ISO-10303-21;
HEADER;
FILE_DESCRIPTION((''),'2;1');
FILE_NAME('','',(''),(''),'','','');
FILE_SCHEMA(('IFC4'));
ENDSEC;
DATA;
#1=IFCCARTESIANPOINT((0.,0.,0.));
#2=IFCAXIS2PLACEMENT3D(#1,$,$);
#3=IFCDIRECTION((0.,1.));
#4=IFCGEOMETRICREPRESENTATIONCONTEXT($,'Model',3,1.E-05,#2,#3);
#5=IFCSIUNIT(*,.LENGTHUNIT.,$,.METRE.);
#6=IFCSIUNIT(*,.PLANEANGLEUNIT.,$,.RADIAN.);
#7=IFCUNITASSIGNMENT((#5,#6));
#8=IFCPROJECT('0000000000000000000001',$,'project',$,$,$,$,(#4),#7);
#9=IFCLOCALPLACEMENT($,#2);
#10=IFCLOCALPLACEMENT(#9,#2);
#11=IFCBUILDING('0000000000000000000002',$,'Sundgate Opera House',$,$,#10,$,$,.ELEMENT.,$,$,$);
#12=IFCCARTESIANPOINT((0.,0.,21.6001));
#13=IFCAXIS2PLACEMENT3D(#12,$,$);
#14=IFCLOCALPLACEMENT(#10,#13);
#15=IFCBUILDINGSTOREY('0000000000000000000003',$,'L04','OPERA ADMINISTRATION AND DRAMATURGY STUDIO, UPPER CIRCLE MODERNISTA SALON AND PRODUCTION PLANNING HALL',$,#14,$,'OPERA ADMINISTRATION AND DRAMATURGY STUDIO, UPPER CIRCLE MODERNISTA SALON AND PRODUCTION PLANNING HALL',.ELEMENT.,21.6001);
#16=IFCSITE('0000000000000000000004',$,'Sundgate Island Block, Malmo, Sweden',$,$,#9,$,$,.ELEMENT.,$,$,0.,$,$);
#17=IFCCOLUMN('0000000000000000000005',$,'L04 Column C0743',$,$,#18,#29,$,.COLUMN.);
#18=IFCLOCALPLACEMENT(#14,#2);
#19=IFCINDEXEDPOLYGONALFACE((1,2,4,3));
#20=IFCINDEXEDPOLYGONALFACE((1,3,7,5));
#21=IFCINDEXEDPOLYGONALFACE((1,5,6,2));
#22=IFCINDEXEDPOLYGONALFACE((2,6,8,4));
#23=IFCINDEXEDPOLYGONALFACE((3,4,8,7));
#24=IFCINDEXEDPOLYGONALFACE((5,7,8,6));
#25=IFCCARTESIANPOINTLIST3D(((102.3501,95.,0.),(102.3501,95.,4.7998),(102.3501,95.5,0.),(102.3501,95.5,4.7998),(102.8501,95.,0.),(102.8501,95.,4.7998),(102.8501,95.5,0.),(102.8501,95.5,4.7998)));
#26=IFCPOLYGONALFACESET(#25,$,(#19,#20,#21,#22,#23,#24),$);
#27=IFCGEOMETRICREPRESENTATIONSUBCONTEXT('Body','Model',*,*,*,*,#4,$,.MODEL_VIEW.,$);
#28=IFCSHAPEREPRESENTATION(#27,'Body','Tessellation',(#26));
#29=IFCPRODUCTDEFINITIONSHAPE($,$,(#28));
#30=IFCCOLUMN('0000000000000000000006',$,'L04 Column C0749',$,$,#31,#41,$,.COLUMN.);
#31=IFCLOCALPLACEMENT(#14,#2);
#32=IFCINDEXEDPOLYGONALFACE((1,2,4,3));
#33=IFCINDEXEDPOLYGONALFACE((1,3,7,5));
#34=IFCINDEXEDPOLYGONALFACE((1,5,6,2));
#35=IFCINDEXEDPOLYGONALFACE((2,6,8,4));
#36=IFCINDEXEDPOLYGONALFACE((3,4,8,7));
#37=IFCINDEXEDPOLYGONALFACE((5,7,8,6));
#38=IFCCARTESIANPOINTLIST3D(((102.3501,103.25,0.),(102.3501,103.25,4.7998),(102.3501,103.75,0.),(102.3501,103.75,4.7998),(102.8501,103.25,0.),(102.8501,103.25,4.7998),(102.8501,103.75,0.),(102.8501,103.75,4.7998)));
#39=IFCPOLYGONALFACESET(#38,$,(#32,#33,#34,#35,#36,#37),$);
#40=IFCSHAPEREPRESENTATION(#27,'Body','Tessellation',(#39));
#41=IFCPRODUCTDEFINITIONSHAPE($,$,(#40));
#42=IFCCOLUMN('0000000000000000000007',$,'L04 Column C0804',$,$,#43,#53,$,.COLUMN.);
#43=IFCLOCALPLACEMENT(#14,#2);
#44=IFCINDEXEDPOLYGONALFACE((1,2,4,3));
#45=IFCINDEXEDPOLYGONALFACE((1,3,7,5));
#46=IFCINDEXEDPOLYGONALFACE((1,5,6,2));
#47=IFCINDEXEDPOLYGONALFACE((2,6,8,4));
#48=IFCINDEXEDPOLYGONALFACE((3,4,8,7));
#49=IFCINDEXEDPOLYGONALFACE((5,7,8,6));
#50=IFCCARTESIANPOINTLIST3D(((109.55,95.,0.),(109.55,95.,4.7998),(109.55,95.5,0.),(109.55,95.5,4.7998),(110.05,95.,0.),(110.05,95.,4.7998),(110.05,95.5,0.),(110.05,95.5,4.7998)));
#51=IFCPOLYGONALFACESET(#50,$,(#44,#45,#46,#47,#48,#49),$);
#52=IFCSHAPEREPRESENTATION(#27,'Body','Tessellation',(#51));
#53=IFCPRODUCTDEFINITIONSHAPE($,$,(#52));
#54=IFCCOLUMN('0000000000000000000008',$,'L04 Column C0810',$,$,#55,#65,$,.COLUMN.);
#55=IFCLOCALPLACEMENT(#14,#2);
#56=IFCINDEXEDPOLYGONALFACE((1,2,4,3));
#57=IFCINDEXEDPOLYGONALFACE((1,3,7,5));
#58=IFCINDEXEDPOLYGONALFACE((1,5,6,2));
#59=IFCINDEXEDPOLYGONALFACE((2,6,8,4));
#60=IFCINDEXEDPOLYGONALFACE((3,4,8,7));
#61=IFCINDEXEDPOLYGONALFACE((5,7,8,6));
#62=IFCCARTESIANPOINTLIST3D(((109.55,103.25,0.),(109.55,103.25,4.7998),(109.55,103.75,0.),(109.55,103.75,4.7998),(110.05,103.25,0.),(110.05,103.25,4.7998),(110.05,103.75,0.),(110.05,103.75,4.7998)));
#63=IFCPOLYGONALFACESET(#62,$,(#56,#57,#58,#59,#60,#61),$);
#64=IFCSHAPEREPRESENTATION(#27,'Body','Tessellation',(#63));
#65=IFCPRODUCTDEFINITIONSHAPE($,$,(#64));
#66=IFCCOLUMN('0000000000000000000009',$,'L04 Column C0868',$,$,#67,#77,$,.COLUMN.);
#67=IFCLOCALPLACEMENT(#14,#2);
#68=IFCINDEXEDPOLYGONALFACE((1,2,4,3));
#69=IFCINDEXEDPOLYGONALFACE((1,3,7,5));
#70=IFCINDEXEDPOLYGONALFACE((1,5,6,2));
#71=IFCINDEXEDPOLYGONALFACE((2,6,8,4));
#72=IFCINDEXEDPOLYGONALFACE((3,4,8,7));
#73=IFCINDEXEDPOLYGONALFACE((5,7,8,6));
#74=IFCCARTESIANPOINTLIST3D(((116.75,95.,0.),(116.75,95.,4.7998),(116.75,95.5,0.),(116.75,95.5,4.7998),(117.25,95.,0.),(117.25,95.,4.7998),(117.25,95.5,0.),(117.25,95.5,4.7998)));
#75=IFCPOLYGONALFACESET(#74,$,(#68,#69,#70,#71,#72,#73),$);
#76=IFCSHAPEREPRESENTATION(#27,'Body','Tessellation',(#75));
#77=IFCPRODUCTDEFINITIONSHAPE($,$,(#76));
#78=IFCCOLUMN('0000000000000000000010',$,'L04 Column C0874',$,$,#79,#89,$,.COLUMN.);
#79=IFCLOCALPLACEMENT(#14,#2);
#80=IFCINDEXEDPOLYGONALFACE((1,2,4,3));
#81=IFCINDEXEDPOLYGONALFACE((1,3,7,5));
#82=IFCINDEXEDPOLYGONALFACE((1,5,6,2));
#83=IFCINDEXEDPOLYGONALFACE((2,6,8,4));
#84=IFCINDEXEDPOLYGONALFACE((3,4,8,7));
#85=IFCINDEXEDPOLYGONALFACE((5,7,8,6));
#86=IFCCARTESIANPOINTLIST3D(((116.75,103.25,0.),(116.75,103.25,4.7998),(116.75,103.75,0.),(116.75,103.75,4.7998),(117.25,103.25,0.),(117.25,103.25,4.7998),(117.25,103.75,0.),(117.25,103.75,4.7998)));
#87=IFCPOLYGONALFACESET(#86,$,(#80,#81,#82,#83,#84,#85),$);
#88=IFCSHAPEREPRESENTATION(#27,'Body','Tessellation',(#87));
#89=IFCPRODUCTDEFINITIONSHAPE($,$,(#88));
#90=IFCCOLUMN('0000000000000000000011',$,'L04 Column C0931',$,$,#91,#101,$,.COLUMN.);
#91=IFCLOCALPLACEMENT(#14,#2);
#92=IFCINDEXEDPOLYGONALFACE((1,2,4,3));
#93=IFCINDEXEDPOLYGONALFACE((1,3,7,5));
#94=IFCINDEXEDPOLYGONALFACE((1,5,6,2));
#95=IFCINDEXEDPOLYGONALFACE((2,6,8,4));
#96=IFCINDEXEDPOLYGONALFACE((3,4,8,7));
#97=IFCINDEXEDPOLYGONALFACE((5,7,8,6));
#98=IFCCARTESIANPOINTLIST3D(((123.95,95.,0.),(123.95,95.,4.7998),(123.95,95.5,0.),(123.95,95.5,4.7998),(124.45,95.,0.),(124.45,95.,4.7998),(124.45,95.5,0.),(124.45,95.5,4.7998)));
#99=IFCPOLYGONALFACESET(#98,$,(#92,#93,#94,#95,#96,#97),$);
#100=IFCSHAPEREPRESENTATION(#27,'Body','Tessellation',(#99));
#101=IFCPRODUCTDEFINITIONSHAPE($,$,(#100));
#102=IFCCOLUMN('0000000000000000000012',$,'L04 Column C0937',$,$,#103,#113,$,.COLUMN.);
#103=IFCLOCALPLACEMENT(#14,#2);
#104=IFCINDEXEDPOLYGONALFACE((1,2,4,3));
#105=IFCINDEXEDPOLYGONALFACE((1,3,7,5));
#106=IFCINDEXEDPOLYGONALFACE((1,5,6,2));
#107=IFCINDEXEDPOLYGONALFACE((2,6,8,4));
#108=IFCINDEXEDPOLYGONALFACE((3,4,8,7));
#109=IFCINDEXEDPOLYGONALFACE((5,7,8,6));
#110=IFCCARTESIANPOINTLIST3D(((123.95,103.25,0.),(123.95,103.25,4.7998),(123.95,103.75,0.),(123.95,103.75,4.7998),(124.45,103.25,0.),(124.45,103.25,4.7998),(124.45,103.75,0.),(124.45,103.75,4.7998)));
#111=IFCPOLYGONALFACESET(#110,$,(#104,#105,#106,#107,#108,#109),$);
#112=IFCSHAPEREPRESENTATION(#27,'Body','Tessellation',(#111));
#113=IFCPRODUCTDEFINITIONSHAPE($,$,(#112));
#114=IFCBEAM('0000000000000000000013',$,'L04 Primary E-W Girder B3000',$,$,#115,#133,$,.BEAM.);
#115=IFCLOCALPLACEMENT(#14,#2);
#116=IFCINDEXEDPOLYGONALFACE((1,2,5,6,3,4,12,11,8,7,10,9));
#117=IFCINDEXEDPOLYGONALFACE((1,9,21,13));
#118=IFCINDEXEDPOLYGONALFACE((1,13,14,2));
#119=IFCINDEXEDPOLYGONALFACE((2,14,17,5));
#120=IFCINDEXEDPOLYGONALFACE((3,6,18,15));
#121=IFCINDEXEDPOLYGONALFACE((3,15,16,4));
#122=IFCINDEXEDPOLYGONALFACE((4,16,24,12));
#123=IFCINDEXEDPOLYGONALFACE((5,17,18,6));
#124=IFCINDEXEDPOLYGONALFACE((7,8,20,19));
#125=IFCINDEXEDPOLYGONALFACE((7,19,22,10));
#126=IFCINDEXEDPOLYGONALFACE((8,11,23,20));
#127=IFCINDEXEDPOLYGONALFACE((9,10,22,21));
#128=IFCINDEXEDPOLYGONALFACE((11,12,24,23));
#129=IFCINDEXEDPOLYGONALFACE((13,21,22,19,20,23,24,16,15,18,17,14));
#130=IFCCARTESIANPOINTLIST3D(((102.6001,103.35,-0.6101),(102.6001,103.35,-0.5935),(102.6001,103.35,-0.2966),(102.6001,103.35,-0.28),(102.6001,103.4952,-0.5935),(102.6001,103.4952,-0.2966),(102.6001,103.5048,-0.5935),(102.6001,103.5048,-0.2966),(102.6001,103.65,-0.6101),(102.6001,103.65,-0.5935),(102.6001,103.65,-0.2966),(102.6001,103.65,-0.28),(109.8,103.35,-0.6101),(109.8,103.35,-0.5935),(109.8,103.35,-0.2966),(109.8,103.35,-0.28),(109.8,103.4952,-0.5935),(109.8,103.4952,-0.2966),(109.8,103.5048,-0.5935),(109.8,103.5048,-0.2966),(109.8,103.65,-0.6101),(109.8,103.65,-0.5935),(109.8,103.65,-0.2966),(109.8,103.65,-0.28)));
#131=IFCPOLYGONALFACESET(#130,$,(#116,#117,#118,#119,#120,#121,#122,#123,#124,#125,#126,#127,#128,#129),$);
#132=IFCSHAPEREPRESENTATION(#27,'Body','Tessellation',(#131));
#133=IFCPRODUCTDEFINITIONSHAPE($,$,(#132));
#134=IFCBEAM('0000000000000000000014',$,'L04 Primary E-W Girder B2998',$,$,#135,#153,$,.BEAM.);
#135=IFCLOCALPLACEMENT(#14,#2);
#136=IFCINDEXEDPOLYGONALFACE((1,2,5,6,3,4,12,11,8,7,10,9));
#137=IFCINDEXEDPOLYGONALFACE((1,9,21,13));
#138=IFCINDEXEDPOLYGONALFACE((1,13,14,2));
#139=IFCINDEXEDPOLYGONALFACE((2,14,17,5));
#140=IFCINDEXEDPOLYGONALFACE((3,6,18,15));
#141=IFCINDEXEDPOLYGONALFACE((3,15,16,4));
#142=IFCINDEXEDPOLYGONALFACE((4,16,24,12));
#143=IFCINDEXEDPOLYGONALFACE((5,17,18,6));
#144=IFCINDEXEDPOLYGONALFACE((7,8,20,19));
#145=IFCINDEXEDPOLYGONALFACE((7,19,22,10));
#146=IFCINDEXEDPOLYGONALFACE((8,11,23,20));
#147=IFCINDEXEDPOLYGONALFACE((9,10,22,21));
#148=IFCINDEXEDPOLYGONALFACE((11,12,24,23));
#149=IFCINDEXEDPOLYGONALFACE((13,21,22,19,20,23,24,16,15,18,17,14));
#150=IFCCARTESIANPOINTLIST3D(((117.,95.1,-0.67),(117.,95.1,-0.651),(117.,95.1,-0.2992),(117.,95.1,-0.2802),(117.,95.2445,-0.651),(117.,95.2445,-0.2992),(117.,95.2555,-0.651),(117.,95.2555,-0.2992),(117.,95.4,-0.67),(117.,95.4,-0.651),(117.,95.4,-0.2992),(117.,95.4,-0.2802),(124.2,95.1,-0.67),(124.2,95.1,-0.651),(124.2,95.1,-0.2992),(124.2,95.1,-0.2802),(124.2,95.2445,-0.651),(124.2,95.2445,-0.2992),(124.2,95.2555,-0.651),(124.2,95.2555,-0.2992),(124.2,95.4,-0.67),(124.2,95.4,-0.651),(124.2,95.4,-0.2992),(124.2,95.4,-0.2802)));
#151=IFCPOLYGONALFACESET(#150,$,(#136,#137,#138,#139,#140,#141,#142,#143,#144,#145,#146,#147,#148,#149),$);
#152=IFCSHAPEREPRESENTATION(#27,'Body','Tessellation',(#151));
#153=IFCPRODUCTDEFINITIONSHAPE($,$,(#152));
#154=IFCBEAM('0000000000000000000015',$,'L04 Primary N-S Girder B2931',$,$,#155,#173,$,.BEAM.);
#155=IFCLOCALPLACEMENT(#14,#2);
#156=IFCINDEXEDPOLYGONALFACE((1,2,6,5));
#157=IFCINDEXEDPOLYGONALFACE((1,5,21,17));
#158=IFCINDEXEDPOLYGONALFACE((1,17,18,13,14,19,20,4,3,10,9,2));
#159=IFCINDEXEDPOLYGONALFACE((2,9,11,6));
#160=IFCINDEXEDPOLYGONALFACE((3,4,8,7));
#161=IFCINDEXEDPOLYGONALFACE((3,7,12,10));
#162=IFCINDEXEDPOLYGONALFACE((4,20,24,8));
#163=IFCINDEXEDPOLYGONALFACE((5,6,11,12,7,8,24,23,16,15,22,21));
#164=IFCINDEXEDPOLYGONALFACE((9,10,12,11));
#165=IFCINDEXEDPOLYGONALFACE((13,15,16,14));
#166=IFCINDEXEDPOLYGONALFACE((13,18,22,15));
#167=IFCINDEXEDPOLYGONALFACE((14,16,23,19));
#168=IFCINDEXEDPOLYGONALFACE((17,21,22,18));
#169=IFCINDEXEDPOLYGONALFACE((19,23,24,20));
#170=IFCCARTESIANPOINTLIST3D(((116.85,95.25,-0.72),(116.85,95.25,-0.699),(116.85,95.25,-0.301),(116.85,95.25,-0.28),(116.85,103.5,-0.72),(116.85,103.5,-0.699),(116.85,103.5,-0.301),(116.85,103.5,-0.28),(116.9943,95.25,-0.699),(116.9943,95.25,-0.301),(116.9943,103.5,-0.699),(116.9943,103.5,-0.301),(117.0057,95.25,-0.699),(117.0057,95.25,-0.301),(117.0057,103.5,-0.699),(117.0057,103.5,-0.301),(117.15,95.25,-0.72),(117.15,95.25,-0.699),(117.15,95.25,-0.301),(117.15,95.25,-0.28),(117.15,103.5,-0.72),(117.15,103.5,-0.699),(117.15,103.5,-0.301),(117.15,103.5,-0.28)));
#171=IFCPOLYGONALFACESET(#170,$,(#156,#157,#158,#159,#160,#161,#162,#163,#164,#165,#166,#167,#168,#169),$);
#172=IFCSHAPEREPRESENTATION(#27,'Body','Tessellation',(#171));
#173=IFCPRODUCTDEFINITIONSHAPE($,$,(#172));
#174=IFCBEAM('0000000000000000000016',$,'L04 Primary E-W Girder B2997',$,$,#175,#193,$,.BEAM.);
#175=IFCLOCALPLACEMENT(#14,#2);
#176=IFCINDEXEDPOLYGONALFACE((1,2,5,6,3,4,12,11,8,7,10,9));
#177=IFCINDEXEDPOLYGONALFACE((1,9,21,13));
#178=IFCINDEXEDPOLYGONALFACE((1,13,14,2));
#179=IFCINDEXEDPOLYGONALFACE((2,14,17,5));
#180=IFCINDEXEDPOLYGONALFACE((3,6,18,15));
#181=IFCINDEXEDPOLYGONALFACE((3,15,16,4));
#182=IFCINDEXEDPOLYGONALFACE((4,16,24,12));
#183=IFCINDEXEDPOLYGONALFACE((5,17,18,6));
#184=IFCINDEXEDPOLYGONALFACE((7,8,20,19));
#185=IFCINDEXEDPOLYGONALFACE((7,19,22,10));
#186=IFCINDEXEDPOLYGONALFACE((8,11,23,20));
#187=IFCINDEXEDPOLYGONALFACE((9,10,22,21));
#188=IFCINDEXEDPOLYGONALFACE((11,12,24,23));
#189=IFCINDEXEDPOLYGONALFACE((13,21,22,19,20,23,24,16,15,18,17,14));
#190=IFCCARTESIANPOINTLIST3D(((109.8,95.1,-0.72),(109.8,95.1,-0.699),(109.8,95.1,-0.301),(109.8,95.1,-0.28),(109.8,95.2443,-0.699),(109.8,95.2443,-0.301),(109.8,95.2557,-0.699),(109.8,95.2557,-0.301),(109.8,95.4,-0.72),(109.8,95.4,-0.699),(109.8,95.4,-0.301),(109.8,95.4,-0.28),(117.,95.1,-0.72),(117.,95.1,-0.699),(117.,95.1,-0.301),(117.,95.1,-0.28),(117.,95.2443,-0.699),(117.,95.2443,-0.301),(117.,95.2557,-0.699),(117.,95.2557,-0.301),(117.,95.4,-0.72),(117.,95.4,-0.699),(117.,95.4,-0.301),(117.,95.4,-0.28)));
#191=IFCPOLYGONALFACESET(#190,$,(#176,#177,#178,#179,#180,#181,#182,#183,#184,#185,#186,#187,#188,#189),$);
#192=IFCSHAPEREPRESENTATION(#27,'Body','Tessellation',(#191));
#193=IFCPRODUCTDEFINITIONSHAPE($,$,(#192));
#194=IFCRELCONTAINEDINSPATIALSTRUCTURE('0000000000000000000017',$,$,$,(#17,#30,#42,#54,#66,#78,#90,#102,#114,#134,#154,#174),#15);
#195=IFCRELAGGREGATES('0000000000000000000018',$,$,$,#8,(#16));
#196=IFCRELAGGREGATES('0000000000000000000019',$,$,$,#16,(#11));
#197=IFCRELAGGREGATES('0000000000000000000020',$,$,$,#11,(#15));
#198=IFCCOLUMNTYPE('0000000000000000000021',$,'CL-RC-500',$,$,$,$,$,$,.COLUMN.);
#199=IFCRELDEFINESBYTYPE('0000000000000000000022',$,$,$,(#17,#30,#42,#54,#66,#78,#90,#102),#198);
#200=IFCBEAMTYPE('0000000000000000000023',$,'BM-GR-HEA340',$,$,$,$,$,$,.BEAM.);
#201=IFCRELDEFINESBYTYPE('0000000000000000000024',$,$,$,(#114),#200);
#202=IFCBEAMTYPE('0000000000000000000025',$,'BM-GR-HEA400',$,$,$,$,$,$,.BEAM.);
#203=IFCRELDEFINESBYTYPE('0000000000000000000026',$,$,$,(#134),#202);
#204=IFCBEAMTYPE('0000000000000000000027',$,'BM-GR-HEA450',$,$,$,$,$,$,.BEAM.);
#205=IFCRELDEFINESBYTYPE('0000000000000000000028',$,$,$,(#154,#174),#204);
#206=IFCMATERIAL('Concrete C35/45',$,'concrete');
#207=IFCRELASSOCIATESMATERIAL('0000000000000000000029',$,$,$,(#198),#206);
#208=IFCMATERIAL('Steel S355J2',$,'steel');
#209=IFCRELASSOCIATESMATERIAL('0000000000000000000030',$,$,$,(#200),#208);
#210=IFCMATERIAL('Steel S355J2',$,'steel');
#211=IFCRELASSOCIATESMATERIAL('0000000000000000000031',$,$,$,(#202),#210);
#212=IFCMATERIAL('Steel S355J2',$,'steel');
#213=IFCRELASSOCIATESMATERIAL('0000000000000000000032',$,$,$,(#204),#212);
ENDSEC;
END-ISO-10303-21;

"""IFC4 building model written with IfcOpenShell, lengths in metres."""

from ifc_helpers import new_model, si_unit, direction, frame, origin, origin_2d, place, context, subcontext, project, spatial, rectangle, i_section, extrude, material, material_profile, profile_set, type_object, element, save


model = new_model("IFC4")

# Units and contexts
model_context = context("Model", 3, precision=1e-05, world=origin(), true_north=direction((0.0, 1.0)))
body_context = subcontext(model_context, "Body", "Model", "MODEL_VIEW")
ifc_project = project(units=[si_unit("LENGTHUNIT", "METRE"), si_unit("PLANEANGLEUNIT", "RADIAN")], contexts=[model_context])

# Site, building, storey
site_placement = place(None, origin())
site = spatial("IfcSite", under=ifc_project, at=site_placement, Name="Sundgate Island Block, Malmo, Sweden", CompositionType="ELEMENT", RefElevation=0.0)
building_placement = place(site_placement, origin())
building = spatial("IfcBuilding", under=site, at=building_placement, Name="Sundgate Opera House", CompositionType="ELEMENT")
storey_placement = place(building_placement, frame((0.0, 0.0, 21.6001)))
storey = spatial("IfcBuildingStorey", under=building, at=storey_placement, Name="L04", Description="OPERA ADMINISTRATION AND DRAMATURGY STUDIO, UPPER CIRCLE MODERNISTA SALON AND PRODUCTION PLANNING HALL", LongName="OPERA ADMINISTRATION AND DRAMATURGY STUDIO, UPPER CIRCLE MODERNISTA SALON AND PRODUCTION PLANNING HALL", CompositionType="ELEMENT", Elevation=21.6001)

# Columns
ifc_material_1 = material(Name="Concrete C35/45", Category="concrete")
ifc_material_profile_1 = material_profile(ifc_material_1, rectangle(XDim=0.5, YDim=0.5, at=origin_2d()), Name="RC 500x500")
ifc_profile_set_1 = profile_set([ifc_material_profile_1], Name="Concrete C35/45")
column_type = type_object("IfcColumnType", Name="CL-RC-500", PredefinedType="COLUMN", material=ifc_profile_set_1)
for number, where, z_axis, x_axis, name in (
    (1, (102.6001, 95.25, 0.0), (0.0, 0.0, 1.0), (1.0, 0.0, 0.0), "L04 Column C0743"),
    (2, (102.6001, 103.5, 0.0), (0.0, 0.0, 1.0), (1.0, 0.0, 0.0), "L04 Column C0749"),
    (3, (109.8, 95.25, 0.0), (0.0, 0.0, 1.0), (1.0, 0.0, 0.0), "L04 Column C0804"),
    (4, (109.8, 103.5, 0.0), (0.0, 0.0, 1.0), (1.0, 0.0, 0.0), "L04 Column C0810"),
    (5, (117.0, 95.25, 0.0), (0.0, 0.0, 1.0), (1.0, 0.0, 0.0), "L04 Column C0868"),
    (6, (117.0, 103.5, 0.0), (0.0, 0.0, 1.0), (1.0, 0.0, 0.0), "L04 Column C0874"),
    (7, (124.2, 95.25, 0.0), (0.0, 0.0, 1.0), (1.0, 0.0, 0.0), "L04 Column C0931"),
    (8, (124.2, 103.5, 0.0), (0.0, 0.0, 1.0), (1.0, 0.0, 0.0), "L04 Column C0937"),
):
    element("IfcColumn", number, at=place(storey_placement, frame(where, z_axis=z_axis, x_axis=x_axis)), inside=storey, type_object=column_type, Name=name, PredefinedType="COLUMN", context=body_context, shape_type="SweptSolid", body=[
        extrude(rectangle(XDim=0.5, YDim=0.5, at=origin_2d()), origin(), (0.0, 0.0, 1.0), 4.7998),
    ])

# Beams
ifc_material_2 = material(Name="Steel S355J2", Category="steel")
ifc_material_profile_2 = material_profile(ifc_material_2, i_section(OverallWidth=0.3, OverallDepth=0.3301, WebThickness=0.0095, FlangeThickness=0.0166, at=origin_2d()), Name="HEA 340")
ifc_profile_set_2 = profile_set([ifc_material_profile_2], Name="Steel S355J2")
beam_type_1 = type_object("IfcBeamType", Name="BM-GR-HEA340", PredefinedType="BEAM", material=ifc_profile_set_2)
beam_1_placement = place(storey_placement, frame((102.6001, 103.5, -0.4451), z_axis=(1.0, 0.0, 0.0), x_axis=(0.0, 1.0, 0.0)))
element("IfcBeam", 9, at=beam_1_placement, inside=storey, type_object=beam_type_1, Name="L04 Primary E-W Girder B3000", PredefinedType="BEAM", context=body_context, shape_type="SweptSolid", body=[
    extrude(i_section(OverallWidth=0.3, OverallDepth=0.3301, WebThickness=0.0095, FlangeThickness=0.0166, at=origin_2d()), origin(), (0.0, 0.0, 1.0), 7.2),
])
ifc_material_3 = material(Name="Steel S355J2", Category="steel")
ifc_material_profile_3 = material_profile(ifc_material_3, i_section(OverallWidth=0.3, OverallDepth=0.3899, WebThickness=0.011, FlangeThickness=0.019, at=origin_2d()), Name="HEA 400")
ifc_profile_set_3 = profile_set([ifc_material_profile_3], Name="Steel S355J2")
beam_type_2 = type_object("IfcBeamType", Name="BM-GR-HEA400", PredefinedType="BEAM", material=ifc_profile_set_3)
beam_2_placement = place(storey_placement, frame((117.0, 95.25, -0.4751), z_axis=(1.0, 0.0, 0.0), x_axis=(0.0, 1.0, 0.0)))
element("IfcBeam", 10, at=beam_2_placement, inside=storey, type_object=beam_type_2, Name="L04 Primary E-W Girder B2998", PredefinedType="BEAM", context=body_context, shape_type="SweptSolid", body=[
    extrude(i_section(OverallWidth=0.3, OverallDepth=0.3899, WebThickness=0.011, FlangeThickness=0.019, at=origin_2d()), origin(), (0.0, 0.0, 1.0), 7.2),
])
ifc_material_4 = material(Name="Steel S355J2", Category="steel")
ifc_material_profile_4 = material_profile(ifc_material_4, i_section(OverallWidth=0.3, OverallDepth=0.4399, WebThickness=0.0115, FlangeThickness=0.021, at=origin_2d()), Name="HEA 450")
ifc_profile_set_4 = profile_set([ifc_material_profile_4], Name="Steel S355J2")
beam_type_3 = type_object("IfcBeamType", Name="BM-GR-HEA450", PredefinedType="BEAM", material=ifc_profile_set_4)
beam_3_placement = place(storey_placement, frame((117.0, 95.25, -0.5), z_axis=(0.0, 1.0, 0.0), x_axis=(-1.0, 0.0, 0.0)))
element("IfcBeam", 11, at=beam_3_placement, inside=storey, type_object=beam_type_3, Name="L04 Primary N-S Girder B2931", PredefinedType="BEAM", context=body_context, shape_type="SweptSolid", body=[
    extrude(i_section(OverallWidth=0.3, OverallDepth=0.4399, WebThickness=0.0115, FlangeThickness=0.021, at=origin_2d()), origin(), (0.0, 0.0, 1.0), 8.25),
])
beam_4_placement = place(storey_placement, frame((109.8, 95.25, -0.5), z_axis=(1.0, 0.0, 0.0), x_axis=(0.0, 1.0, 0.0)))
element("IfcBeam", 12, at=beam_4_placement, inside=storey, type_object=beam_type_3, Name="L04 Primary E-W Girder B2997", PredefinedType="BEAM", context=body_context, shape_type="SweptSolid", body=[
    extrude(i_section(OverallWidth=0.3, OverallDepth=0.4399, WebThickness=0.0115, FlangeThickness=0.021, at=origin_2d()), origin(), (0.0, 0.0, 1.0), 7.2),
])

save(model, "model.ifc")
